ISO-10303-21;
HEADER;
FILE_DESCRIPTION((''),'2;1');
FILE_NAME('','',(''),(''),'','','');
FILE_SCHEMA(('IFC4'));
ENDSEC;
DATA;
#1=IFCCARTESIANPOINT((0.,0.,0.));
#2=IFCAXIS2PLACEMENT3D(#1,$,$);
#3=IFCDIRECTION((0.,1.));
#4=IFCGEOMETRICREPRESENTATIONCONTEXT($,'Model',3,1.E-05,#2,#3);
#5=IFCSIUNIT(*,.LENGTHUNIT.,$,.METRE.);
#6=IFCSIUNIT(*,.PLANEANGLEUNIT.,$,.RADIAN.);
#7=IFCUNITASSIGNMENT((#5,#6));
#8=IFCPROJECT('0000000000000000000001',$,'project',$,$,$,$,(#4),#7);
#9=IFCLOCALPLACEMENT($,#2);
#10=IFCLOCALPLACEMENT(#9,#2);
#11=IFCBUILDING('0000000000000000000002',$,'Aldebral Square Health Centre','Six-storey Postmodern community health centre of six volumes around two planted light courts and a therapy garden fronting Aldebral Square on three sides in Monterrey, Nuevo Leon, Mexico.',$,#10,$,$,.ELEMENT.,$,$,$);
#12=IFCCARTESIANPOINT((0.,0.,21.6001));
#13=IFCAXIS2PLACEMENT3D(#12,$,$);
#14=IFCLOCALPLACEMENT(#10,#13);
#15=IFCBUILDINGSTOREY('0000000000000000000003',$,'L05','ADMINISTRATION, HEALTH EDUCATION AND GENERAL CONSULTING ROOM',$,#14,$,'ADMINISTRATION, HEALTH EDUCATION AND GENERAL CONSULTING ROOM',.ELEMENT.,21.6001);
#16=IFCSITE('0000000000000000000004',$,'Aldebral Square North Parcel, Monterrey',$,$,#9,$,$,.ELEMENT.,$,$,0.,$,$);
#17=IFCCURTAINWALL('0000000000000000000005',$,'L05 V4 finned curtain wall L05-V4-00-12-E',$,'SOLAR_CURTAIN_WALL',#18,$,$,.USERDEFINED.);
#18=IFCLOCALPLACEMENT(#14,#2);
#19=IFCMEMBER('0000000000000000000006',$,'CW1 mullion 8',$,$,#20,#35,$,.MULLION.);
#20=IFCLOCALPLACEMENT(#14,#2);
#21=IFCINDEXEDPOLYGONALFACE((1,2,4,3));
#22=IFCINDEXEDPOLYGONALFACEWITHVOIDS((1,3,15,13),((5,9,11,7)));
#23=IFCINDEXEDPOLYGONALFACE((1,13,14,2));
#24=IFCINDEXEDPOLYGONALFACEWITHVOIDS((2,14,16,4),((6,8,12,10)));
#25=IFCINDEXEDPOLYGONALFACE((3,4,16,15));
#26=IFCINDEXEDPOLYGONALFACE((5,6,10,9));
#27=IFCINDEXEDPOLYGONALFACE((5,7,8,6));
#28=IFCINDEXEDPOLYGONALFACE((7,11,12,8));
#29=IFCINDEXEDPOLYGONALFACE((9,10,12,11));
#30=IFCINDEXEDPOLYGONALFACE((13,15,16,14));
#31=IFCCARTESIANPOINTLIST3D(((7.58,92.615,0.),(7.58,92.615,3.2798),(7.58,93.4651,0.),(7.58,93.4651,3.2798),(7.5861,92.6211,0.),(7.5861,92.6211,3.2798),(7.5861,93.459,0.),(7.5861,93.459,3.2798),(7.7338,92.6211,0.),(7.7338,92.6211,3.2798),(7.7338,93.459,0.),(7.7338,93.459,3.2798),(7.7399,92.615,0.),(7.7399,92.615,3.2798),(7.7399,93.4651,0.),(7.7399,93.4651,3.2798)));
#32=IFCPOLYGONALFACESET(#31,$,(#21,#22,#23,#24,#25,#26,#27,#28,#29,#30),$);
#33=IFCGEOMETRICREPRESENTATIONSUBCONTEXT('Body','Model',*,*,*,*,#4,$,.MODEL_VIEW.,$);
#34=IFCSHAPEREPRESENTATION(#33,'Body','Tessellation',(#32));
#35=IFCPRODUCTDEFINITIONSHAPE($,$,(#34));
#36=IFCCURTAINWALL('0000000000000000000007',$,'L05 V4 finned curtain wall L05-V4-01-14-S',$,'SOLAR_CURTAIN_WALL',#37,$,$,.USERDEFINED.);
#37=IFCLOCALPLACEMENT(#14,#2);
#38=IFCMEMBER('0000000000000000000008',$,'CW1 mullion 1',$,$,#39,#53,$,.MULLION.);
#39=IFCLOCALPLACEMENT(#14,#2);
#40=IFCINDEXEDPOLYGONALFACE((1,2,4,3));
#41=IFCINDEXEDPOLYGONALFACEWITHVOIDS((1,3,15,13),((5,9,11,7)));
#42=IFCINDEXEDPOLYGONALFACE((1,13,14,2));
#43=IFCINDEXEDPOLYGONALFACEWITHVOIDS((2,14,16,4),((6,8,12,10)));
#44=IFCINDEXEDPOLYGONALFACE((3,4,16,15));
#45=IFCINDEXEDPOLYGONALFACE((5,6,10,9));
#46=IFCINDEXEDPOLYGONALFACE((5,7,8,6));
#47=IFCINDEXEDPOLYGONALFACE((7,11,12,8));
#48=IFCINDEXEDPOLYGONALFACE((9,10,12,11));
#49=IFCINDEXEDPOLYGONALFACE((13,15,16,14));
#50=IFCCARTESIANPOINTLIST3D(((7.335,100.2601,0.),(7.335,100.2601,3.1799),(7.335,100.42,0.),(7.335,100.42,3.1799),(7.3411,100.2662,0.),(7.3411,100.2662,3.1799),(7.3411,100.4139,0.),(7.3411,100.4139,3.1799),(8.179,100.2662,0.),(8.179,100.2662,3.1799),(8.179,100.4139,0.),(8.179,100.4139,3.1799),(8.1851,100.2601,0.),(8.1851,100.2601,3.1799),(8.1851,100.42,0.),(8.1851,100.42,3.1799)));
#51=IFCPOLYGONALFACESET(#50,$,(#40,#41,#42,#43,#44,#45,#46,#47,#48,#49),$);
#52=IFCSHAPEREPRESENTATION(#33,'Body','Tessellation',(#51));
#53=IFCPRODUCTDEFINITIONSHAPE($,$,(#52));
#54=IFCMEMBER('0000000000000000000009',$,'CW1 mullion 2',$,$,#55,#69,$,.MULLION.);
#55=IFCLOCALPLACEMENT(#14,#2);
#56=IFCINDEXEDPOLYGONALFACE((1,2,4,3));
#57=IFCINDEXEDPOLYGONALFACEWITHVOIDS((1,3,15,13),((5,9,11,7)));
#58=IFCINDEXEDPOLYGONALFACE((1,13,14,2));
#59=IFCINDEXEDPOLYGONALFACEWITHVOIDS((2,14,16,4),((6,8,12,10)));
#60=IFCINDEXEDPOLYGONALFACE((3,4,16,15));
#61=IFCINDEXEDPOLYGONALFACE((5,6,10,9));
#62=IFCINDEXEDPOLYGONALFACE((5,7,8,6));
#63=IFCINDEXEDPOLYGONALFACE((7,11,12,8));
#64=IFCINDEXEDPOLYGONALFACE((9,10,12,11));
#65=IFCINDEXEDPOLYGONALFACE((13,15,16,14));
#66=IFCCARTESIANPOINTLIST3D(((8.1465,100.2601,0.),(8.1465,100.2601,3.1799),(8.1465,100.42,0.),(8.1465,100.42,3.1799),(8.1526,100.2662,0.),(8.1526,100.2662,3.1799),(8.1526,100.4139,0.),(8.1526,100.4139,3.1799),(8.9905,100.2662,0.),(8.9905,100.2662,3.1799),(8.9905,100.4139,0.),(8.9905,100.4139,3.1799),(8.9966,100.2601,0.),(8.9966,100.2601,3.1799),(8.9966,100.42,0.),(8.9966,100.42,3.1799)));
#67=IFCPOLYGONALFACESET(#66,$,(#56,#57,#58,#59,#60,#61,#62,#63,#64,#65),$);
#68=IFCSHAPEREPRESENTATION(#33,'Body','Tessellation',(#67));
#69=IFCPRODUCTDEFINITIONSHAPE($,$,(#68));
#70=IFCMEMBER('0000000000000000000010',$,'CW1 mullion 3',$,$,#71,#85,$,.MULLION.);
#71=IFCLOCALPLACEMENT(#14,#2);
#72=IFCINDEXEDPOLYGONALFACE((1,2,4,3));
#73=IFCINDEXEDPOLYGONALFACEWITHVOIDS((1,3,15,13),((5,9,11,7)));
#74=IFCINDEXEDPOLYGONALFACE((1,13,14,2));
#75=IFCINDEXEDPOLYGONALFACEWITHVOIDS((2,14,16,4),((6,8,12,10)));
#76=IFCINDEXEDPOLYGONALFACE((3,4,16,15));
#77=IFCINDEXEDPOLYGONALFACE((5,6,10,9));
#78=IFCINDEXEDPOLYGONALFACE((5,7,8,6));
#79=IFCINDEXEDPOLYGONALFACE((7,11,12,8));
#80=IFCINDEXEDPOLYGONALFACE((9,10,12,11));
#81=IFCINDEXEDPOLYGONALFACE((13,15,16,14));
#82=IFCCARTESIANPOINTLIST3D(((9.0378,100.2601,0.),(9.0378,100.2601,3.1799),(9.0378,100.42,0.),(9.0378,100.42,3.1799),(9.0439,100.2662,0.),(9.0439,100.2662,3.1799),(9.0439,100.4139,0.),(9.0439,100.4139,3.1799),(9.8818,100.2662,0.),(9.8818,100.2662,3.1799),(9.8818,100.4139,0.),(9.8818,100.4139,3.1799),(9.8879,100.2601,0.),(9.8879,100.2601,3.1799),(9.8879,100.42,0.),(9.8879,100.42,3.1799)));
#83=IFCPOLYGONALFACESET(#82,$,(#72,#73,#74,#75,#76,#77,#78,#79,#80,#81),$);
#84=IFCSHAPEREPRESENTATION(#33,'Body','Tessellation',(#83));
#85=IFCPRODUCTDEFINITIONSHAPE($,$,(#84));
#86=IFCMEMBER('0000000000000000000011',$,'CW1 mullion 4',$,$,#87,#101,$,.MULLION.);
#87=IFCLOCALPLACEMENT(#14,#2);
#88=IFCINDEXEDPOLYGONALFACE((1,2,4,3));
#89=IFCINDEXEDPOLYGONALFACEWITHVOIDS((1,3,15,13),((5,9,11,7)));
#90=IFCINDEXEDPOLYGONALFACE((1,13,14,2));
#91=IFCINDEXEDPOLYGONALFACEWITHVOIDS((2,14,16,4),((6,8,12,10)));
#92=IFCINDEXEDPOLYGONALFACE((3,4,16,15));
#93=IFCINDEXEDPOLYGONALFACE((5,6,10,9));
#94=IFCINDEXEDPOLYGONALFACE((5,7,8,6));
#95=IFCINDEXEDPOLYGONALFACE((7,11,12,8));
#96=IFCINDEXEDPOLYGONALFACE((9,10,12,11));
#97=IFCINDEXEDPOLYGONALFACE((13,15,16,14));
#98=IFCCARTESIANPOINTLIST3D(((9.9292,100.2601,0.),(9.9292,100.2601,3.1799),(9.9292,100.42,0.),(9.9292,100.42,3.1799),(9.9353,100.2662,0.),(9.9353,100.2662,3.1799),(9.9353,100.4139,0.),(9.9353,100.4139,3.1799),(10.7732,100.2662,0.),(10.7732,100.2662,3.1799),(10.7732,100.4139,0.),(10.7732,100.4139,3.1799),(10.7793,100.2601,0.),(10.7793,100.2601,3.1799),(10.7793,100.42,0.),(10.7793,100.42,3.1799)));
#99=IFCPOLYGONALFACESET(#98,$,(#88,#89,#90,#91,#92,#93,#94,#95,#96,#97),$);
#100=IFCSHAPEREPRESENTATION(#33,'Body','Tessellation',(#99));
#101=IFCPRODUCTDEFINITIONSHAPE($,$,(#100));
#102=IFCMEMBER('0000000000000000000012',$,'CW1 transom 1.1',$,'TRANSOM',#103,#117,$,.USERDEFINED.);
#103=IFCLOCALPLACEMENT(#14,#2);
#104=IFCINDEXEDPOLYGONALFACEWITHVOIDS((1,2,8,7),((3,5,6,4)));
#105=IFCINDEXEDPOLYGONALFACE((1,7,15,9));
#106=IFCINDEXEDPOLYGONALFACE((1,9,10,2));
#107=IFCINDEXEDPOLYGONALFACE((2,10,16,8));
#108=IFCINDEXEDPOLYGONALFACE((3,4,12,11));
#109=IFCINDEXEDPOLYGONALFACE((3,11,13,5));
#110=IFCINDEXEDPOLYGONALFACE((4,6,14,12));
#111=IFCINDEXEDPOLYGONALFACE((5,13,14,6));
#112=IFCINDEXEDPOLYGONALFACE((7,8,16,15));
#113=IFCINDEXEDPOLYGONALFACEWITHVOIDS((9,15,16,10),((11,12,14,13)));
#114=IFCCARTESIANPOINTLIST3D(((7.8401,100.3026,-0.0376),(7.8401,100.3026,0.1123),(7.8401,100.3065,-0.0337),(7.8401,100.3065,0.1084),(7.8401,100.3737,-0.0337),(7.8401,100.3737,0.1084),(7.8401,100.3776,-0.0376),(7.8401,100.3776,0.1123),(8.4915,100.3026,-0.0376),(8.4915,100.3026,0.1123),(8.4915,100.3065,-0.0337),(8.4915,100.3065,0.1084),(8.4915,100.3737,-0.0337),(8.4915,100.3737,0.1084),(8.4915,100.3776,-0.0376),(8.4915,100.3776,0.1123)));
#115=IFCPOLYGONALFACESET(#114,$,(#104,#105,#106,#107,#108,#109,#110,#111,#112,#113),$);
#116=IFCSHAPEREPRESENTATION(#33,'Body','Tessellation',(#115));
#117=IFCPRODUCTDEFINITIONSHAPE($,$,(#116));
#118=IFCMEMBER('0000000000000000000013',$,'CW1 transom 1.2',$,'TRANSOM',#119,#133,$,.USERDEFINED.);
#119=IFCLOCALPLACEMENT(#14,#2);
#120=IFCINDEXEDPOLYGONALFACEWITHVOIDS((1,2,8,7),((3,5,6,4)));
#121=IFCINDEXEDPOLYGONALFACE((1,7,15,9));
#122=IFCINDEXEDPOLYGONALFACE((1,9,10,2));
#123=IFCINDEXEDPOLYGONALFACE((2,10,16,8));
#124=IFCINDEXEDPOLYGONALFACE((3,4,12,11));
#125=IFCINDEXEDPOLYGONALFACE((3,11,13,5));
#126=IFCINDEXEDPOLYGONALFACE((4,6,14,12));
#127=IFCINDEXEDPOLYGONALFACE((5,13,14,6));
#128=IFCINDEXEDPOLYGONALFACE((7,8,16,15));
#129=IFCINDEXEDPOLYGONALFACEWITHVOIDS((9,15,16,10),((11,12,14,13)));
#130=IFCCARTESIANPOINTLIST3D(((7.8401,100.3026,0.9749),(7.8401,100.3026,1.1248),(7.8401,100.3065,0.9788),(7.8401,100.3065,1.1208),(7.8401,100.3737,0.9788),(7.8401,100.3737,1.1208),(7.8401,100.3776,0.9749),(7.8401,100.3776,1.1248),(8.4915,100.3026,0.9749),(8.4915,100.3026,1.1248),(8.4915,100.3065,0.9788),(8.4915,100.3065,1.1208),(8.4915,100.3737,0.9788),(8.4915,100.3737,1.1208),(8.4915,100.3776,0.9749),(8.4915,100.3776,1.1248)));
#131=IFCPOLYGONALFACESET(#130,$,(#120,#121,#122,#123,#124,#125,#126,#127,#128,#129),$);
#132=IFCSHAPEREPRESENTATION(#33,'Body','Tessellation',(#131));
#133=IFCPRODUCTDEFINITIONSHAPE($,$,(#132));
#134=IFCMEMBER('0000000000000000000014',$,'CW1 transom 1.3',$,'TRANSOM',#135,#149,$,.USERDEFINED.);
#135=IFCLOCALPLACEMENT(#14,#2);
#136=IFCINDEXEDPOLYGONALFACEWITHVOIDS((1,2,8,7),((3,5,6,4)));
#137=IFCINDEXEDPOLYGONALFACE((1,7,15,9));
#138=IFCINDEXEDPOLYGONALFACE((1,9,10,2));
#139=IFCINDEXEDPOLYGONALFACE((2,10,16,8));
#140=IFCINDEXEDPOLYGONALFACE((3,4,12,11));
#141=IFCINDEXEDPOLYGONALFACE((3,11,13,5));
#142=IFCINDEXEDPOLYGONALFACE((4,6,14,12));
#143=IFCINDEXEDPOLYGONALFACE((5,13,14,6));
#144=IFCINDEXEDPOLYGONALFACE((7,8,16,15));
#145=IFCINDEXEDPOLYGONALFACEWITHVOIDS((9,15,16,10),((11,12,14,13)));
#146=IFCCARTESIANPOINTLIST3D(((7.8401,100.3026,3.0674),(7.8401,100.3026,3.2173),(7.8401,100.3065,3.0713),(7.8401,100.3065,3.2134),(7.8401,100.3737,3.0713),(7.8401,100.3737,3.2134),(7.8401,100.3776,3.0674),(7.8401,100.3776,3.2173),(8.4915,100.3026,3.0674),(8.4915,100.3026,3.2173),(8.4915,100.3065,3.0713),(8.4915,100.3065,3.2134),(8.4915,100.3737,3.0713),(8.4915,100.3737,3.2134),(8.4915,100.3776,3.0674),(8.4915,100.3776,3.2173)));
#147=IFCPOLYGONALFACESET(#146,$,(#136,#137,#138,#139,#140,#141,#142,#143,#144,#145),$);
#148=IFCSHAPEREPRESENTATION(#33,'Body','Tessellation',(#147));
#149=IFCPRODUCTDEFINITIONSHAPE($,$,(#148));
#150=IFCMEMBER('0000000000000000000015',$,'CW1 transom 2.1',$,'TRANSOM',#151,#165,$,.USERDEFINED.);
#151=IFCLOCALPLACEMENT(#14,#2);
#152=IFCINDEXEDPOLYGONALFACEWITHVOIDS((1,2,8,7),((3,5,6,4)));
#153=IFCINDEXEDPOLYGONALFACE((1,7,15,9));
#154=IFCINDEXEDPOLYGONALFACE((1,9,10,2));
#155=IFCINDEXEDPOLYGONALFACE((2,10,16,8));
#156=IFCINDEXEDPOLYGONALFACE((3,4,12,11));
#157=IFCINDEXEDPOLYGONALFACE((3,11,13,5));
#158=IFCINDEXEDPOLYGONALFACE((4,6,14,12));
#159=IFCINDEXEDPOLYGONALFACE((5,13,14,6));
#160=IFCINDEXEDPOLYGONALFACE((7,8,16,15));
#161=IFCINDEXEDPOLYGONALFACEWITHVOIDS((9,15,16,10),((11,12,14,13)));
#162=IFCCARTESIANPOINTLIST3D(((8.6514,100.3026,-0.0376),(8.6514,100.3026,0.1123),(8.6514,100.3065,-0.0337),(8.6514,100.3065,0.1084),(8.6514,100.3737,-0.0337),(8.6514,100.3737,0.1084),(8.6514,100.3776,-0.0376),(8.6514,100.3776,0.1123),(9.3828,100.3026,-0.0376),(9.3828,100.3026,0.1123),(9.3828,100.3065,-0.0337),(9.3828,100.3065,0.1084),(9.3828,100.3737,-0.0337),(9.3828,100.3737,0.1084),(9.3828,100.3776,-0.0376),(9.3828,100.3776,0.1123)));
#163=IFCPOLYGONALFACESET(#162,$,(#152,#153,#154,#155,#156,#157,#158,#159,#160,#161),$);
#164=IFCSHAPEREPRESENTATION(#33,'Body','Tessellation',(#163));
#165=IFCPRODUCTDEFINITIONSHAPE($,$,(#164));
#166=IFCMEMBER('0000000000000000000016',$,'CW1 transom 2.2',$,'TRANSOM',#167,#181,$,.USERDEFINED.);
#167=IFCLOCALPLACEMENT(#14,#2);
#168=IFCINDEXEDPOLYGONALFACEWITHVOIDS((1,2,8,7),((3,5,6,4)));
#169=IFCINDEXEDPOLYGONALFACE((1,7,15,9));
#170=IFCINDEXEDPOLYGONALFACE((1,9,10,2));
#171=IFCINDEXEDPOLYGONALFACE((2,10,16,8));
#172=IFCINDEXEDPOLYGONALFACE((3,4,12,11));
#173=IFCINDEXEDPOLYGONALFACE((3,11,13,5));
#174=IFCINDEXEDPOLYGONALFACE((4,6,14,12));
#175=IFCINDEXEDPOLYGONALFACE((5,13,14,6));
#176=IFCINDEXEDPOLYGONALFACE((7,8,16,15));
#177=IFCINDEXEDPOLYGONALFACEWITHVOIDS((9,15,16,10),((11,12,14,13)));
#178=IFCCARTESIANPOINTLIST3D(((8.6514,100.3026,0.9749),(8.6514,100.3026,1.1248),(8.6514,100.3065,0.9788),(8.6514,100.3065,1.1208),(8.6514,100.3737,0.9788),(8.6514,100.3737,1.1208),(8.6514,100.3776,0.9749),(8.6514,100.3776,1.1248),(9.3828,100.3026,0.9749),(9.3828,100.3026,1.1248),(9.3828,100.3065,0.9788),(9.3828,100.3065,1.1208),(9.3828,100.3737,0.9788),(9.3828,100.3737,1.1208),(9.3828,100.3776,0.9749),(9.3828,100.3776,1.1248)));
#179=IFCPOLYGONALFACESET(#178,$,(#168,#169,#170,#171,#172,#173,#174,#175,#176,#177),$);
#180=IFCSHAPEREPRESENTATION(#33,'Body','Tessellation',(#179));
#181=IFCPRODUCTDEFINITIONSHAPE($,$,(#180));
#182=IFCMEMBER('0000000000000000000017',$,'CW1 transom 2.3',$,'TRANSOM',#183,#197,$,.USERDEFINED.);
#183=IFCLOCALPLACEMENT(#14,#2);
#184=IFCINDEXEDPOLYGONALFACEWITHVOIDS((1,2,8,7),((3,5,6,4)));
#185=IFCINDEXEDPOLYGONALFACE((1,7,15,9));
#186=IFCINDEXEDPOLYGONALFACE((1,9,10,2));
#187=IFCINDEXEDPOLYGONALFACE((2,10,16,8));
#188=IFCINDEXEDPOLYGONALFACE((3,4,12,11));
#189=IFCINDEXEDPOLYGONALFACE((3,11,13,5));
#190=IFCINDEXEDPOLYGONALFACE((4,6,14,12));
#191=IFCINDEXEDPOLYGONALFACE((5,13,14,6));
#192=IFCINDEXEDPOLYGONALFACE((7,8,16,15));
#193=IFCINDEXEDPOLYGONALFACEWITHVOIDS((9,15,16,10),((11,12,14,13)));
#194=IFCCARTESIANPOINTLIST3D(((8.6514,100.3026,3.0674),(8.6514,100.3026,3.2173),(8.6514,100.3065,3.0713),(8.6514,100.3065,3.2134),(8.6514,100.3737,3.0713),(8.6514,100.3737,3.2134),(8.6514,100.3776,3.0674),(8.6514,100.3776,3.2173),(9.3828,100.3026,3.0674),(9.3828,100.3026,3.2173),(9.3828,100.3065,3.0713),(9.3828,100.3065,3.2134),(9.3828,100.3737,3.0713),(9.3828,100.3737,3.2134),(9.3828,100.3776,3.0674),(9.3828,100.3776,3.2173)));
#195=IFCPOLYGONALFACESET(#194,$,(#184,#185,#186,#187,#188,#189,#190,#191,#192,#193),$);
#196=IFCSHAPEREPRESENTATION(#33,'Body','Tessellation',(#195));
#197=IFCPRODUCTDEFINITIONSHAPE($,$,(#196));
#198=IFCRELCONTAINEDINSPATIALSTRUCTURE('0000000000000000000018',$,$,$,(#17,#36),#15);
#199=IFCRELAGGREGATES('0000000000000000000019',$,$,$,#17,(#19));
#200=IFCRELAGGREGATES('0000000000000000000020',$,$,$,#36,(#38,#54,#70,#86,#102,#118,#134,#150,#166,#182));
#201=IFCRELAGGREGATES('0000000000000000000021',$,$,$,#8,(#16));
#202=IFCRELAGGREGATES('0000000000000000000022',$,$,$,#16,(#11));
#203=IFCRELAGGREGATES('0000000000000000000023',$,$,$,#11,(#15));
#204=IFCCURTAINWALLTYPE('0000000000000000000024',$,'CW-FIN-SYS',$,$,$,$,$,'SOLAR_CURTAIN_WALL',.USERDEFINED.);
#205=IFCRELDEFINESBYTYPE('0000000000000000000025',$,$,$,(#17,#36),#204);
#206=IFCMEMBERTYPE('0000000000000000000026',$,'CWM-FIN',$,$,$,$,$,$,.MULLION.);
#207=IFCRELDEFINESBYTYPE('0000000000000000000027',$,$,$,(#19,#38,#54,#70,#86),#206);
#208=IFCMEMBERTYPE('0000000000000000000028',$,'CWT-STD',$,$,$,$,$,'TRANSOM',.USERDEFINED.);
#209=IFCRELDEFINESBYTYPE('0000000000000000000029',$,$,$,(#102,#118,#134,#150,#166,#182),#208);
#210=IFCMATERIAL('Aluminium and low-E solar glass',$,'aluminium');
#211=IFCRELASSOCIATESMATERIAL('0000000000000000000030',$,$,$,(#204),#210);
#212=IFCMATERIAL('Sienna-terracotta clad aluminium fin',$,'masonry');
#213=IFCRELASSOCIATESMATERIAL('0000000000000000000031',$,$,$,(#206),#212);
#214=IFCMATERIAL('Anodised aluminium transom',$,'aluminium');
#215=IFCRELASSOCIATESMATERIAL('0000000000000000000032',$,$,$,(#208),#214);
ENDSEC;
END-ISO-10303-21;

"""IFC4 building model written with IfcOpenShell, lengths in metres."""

from ifc_helpers import new_model, si_unit, direction, frame, origin, origin_2d, place, context, subcontext, project, spatial, hollow_rectangle, extrude, material, material_profile, profile_set, type_object, element, aggregate, save


model = new_model("IFC4")

# Units and contexts
model_context = context("Model", 3, precision=1e-05, world=origin(), true_north=direction((0.0, 1.0)))
body_context = subcontext(model_context, "Body", "Model", "MODEL_VIEW")
ifc_project = project(units=[si_unit("LENGTHUNIT", "METRE"), si_unit("PLANEANGLEUNIT", "RADIAN")], contexts=[model_context])

# Site, building, storey
site_placement = place(None, origin())
site = spatial("IfcSite", under=ifc_project, at=site_placement, Name="Aldebral Square North Parcel, Monterrey", CompositionType="ELEMENT", RefElevation=0.0)
building_placement = place(site_placement, origin())
building = spatial("IfcBuilding", under=site, at=building_placement, Name="Aldebral Square Health Centre", Description="Six-storey Postmodern community health centre of six volumes around two planted light courts and a therapy garden fronting Aldebral Square on three sides in Monterrey, Nuevo Leon, Mexico.", CompositionType="ELEMENT")
storey_placement = place(building_placement, frame((0.0, 0.0, 21.6001)))
storey = spatial("IfcBuildingStorey", under=building, at=storey_placement, Name="L05", Description="ADMINISTRATION, HEALTH EDUCATION AND GENERAL CONSULTING ROOM", LongName="ADMINISTRATION, HEALTH EDUCATION AND GENERAL CONSULTING ROOM", CompositionType="ELEMENT", Elevation=21.6001)

# Curtain wall, member
ifc_material_1 = material(Name="Aluminium and low-E solar glass", Category="aluminium")
curtain_wall_type = type_object("IfcCurtainWallType", Name="CW-FIN-SYS", ElementType="SOLAR_CURTAIN_WALL", PredefinedType="USERDEFINED", material=ifc_material_1)
curtain_wall_1_placement = place(storey_placement, origin())
curtain_wall_1 = element("IfcCurtainWall", 1, at=curtain_wall_1_placement, inside=storey, type_object=curtain_wall_type, Name="L05 V4 finned curtain wall L05-V4-00-12-E", ObjectType="SOLAR_CURTAIN_WALL", PredefinedType="USERDEFINED")
ifc_material_2 = material(Name="Sienna-terracotta clad aluminium fin", Category="masonry")
ifc_material_profile_1 = material_profile(ifc_material_2, hollow_rectangle(XDim=0.1599, YDim=0.8501, WallThickness=0.0061, at=origin_2d()), Name="FIN 160x850x6")
ifc_profile_set_1 = profile_set([ifc_material_profile_1], Name="Sienna-terracotta clad aluminium fin")
member_type_1 = type_object("IfcMemberType", Name="CWM-FIN", PredefinedType="MULLION", material=ifc_profile_set_1)
member_1_placement = place(storey_placement, frame((7.6599, 93.04, 0.0), z_axis=(0.0, 0.0, 1.0), x_axis=(-1.0, 0.0, 0.0)))
member_1 = element("IfcMember", 2, at=member_1_placement, type_object=member_type_1, Name="CW1 mullion 8", PredefinedType="MULLION", context=body_context, shape_type="SweptSolid", body=[
    extrude(hollow_rectangle(XDim=0.1599, YDim=0.8501, WallThickness=0.0061, at=origin_2d()), origin(), (0.0, 0.0, 1.0), 3.2798),
])

# Curtain wall, members
curtain_wall_2_placement = place(storey_placement, origin())
curtain_wall_2 = element("IfcCurtainWall", 3, at=curtain_wall_2_placement, inside=storey, type_object=curtain_wall_type, Name="L05 V4 finned curtain wall L05-V4-01-14-S", ObjectType="SOLAR_CURTAIN_WALL", PredefinedType="USERDEFINED")
member_2_placement = place(storey_placement, frame((7.76, 100.3401, 0.0), z_axis=(0.0, 0.0, 1.0), x_axis=(0.0, 1.0, 0.0)))
member_2 = element("IfcMember", 4, at=member_2_placement, type_object=member_type_1, Name="CW1 mullion 1", PredefinedType="MULLION", context=body_context, shape_type="SweptSolid", body=[
    extrude(hollow_rectangle(XDim=0.1599, YDim=0.8501, WallThickness=0.0061, at=origin_2d()), origin(), (0.0, 0.0, 1.0), 3.1799),
])
member_3_placement = place(storey_placement, frame((8.5715, 100.3401, 0.0), z_axis=(0.0, 0.0, 1.0), x_axis=(0.0, 1.0, 0.0)))
member_3 = element("IfcMember", 5, at=member_3_placement, type_object=member_type_1, Name="CW1 mullion 2", PredefinedType="MULLION", context=body_context, shape_type="SweptSolid", body=[
    extrude(hollow_rectangle(XDim=0.1599, YDim=0.8501, WallThickness=0.0061, at=origin_2d()), origin(), (0.0, 0.0, 1.0), 3.1799),
])
member_4_placement = place(storey_placement, frame((9.4629, 100.3401, 0.0), z_axis=(0.0, 0.0, 1.0), x_axis=(0.0, 1.0, 0.0)))
member_4 = element("IfcMember", 6, at=member_4_placement, type_object=member_type_1, Name="CW1 mullion 3", PredefinedType="MULLION", context=body_context, shape_type="SweptSolid", body=[
    extrude(hollow_rectangle(XDim=0.1599, YDim=0.8501, WallThickness=0.0061, at=origin_2d()), origin(), (0.0, 0.0, 1.0), 3.1799),
])
member_5_placement = place(storey_placement, frame((10.3542, 100.3401, 0.0), z_axis=(0.0, 0.0, 1.0), x_axis=(0.0, 1.0, 0.0)))
member_5 = element("IfcMember", 7, at=member_5_placement, type_object=member_type_1, Name="CW1 mullion 4", PredefinedType="MULLION", context=body_context, shape_type="SweptSolid", body=[
    extrude(hollow_rectangle(XDim=0.1599, YDim=0.8501, WallThickness=0.0061, at=origin_2d()), origin(), (0.0, 0.0, 1.0), 3.1799),
])
ifc_material_3 = material(Name="Anodised aluminium transom", Category="aluminium")
ifc_material_profile_2 = material_profile(ifc_material_3, hollow_rectangle(XDim=0.075, YDim=0.1499, WallThickness=0.0039, at=origin_2d()), Name="CWT 75x150x4")
ifc_profile_set_2 = profile_set([ifc_material_profile_2], Name="Anodised aluminium transom")
member_type_2 = type_object("IfcMemberType", Name="CWT-STD", ElementType="TRANSOM", PredefinedType="USERDEFINED", material=ifc_profile_set_2)
member_6_placement = place(storey_placement, frame((7.8401, 100.3401, 0.0374), z_axis=(1.0, 0.0, 0.0), x_axis=(0.0, 1.0, 0.0)))
member_6 = element("IfcMember", 8, at=member_6_placement, type_object=member_type_2, Name="CW1 transom 1.1", ObjectType="TRANSOM", PredefinedType="USERDEFINED", context=body_context, shape_type="SweptSolid", body=[
    extrude(hollow_rectangle(XDim=0.075, YDim=0.1499, WallThickness=0.0039, at=origin_2d()), origin(), (0.0, 0.0, 1.0), 0.6514),
])
member_7_placement = place(storey_placement, frame((7.8401, 100.3401, 1.0498), z_axis=(1.0, 0.0, 0.0), x_axis=(0.0, 1.0, 0.0)))
member_7 = element("IfcMember", 9, at=member_7_placement, type_object=member_type_2, Name="CW1 transom 1.2", ObjectType="TRANSOM", PredefinedType="USERDEFINED", context=body_context, shape_type="SweptSolid", body=[
    extrude(hollow_rectangle(XDim=0.075, YDim=0.1499, WallThickness=0.0039, at=origin_2d()), origin(), (0.0, 0.0, 1.0), 0.6514),
])
member_8_placement = place(storey_placement, frame((7.8401, 100.3401, 3.1423), z_axis=(1.0, 0.0, 0.0), x_axis=(0.0, 1.0, 0.0)))
member_8 = element("IfcMember", 10, at=member_8_placement, type_object=member_type_2, Name="CW1 transom 1.3", ObjectType="TRANSOM", PredefinedType="USERDEFINED", context=body_context, shape_type="SweptSolid", body=[
    extrude(hollow_rectangle(XDim=0.075, YDim=0.1499, WallThickness=0.0039, at=origin_2d()), origin(), (0.0, 0.0, 1.0), 0.6514),
])
member_9_placement = place(storey_placement, frame((8.6514, 100.3401, 0.0374), z_axis=(1.0, 0.0, 0.0), x_axis=(0.0, 1.0, 0.0)))
member_9 = element("IfcMember", 11, at=member_9_placement, type_object=member_type_2, Name="CW1 transom 2.1", ObjectType="TRANSOM", PredefinedType="USERDEFINED", context=body_context, shape_type="SweptSolid", body=[
    extrude(hollow_rectangle(XDim=0.075, YDim=0.1499, WallThickness=0.0039, at=origin_2d()), origin(), (0.0, 0.0, 1.0), 0.7314),
])
member_10_placement = place(storey_placement, frame((8.6514, 100.3401, 1.0498), z_axis=(1.0, 0.0, 0.0), x_axis=(0.0, 1.0, 0.0)))
member_10 = element("IfcMember", 12, at=member_10_placement, type_object=member_type_2, Name="CW1 transom 2.2", ObjectType="TRANSOM", PredefinedType="USERDEFINED", context=body_context, shape_type="SweptSolid", body=[
    extrude(hollow_rectangle(XDim=0.075, YDim=0.1499, WallThickness=0.0039, at=origin_2d()), origin(), (0.0, 0.0, 1.0), 0.7314),
])
member_11_placement = place(storey_placement, frame((8.6514, 100.3401, 3.1423), z_axis=(1.0, 0.0, 0.0), x_axis=(0.0, 1.0, 0.0)))
member_11 = element("IfcMember", 13, at=member_11_placement, type_object=member_type_2, Name="CW1 transom 2.3", ObjectType="TRANSOM", PredefinedType="USERDEFINED", context=body_context, shape_type="SweptSolid", body=[
    extrude(hollow_rectangle(XDim=0.075, YDim=0.1499, WallThickness=0.0039, at=origin_2d()), origin(), (0.0, 0.0, 1.0), 0.7314),
])

aggregate(curtain_wall_1, [member_1])
aggregate(curtain_wall_2, [member_2, member_3, member_4, member_5, member_6, member_7, member_8, member_9, member_10, member_11])

save(model, "model.ifc")
